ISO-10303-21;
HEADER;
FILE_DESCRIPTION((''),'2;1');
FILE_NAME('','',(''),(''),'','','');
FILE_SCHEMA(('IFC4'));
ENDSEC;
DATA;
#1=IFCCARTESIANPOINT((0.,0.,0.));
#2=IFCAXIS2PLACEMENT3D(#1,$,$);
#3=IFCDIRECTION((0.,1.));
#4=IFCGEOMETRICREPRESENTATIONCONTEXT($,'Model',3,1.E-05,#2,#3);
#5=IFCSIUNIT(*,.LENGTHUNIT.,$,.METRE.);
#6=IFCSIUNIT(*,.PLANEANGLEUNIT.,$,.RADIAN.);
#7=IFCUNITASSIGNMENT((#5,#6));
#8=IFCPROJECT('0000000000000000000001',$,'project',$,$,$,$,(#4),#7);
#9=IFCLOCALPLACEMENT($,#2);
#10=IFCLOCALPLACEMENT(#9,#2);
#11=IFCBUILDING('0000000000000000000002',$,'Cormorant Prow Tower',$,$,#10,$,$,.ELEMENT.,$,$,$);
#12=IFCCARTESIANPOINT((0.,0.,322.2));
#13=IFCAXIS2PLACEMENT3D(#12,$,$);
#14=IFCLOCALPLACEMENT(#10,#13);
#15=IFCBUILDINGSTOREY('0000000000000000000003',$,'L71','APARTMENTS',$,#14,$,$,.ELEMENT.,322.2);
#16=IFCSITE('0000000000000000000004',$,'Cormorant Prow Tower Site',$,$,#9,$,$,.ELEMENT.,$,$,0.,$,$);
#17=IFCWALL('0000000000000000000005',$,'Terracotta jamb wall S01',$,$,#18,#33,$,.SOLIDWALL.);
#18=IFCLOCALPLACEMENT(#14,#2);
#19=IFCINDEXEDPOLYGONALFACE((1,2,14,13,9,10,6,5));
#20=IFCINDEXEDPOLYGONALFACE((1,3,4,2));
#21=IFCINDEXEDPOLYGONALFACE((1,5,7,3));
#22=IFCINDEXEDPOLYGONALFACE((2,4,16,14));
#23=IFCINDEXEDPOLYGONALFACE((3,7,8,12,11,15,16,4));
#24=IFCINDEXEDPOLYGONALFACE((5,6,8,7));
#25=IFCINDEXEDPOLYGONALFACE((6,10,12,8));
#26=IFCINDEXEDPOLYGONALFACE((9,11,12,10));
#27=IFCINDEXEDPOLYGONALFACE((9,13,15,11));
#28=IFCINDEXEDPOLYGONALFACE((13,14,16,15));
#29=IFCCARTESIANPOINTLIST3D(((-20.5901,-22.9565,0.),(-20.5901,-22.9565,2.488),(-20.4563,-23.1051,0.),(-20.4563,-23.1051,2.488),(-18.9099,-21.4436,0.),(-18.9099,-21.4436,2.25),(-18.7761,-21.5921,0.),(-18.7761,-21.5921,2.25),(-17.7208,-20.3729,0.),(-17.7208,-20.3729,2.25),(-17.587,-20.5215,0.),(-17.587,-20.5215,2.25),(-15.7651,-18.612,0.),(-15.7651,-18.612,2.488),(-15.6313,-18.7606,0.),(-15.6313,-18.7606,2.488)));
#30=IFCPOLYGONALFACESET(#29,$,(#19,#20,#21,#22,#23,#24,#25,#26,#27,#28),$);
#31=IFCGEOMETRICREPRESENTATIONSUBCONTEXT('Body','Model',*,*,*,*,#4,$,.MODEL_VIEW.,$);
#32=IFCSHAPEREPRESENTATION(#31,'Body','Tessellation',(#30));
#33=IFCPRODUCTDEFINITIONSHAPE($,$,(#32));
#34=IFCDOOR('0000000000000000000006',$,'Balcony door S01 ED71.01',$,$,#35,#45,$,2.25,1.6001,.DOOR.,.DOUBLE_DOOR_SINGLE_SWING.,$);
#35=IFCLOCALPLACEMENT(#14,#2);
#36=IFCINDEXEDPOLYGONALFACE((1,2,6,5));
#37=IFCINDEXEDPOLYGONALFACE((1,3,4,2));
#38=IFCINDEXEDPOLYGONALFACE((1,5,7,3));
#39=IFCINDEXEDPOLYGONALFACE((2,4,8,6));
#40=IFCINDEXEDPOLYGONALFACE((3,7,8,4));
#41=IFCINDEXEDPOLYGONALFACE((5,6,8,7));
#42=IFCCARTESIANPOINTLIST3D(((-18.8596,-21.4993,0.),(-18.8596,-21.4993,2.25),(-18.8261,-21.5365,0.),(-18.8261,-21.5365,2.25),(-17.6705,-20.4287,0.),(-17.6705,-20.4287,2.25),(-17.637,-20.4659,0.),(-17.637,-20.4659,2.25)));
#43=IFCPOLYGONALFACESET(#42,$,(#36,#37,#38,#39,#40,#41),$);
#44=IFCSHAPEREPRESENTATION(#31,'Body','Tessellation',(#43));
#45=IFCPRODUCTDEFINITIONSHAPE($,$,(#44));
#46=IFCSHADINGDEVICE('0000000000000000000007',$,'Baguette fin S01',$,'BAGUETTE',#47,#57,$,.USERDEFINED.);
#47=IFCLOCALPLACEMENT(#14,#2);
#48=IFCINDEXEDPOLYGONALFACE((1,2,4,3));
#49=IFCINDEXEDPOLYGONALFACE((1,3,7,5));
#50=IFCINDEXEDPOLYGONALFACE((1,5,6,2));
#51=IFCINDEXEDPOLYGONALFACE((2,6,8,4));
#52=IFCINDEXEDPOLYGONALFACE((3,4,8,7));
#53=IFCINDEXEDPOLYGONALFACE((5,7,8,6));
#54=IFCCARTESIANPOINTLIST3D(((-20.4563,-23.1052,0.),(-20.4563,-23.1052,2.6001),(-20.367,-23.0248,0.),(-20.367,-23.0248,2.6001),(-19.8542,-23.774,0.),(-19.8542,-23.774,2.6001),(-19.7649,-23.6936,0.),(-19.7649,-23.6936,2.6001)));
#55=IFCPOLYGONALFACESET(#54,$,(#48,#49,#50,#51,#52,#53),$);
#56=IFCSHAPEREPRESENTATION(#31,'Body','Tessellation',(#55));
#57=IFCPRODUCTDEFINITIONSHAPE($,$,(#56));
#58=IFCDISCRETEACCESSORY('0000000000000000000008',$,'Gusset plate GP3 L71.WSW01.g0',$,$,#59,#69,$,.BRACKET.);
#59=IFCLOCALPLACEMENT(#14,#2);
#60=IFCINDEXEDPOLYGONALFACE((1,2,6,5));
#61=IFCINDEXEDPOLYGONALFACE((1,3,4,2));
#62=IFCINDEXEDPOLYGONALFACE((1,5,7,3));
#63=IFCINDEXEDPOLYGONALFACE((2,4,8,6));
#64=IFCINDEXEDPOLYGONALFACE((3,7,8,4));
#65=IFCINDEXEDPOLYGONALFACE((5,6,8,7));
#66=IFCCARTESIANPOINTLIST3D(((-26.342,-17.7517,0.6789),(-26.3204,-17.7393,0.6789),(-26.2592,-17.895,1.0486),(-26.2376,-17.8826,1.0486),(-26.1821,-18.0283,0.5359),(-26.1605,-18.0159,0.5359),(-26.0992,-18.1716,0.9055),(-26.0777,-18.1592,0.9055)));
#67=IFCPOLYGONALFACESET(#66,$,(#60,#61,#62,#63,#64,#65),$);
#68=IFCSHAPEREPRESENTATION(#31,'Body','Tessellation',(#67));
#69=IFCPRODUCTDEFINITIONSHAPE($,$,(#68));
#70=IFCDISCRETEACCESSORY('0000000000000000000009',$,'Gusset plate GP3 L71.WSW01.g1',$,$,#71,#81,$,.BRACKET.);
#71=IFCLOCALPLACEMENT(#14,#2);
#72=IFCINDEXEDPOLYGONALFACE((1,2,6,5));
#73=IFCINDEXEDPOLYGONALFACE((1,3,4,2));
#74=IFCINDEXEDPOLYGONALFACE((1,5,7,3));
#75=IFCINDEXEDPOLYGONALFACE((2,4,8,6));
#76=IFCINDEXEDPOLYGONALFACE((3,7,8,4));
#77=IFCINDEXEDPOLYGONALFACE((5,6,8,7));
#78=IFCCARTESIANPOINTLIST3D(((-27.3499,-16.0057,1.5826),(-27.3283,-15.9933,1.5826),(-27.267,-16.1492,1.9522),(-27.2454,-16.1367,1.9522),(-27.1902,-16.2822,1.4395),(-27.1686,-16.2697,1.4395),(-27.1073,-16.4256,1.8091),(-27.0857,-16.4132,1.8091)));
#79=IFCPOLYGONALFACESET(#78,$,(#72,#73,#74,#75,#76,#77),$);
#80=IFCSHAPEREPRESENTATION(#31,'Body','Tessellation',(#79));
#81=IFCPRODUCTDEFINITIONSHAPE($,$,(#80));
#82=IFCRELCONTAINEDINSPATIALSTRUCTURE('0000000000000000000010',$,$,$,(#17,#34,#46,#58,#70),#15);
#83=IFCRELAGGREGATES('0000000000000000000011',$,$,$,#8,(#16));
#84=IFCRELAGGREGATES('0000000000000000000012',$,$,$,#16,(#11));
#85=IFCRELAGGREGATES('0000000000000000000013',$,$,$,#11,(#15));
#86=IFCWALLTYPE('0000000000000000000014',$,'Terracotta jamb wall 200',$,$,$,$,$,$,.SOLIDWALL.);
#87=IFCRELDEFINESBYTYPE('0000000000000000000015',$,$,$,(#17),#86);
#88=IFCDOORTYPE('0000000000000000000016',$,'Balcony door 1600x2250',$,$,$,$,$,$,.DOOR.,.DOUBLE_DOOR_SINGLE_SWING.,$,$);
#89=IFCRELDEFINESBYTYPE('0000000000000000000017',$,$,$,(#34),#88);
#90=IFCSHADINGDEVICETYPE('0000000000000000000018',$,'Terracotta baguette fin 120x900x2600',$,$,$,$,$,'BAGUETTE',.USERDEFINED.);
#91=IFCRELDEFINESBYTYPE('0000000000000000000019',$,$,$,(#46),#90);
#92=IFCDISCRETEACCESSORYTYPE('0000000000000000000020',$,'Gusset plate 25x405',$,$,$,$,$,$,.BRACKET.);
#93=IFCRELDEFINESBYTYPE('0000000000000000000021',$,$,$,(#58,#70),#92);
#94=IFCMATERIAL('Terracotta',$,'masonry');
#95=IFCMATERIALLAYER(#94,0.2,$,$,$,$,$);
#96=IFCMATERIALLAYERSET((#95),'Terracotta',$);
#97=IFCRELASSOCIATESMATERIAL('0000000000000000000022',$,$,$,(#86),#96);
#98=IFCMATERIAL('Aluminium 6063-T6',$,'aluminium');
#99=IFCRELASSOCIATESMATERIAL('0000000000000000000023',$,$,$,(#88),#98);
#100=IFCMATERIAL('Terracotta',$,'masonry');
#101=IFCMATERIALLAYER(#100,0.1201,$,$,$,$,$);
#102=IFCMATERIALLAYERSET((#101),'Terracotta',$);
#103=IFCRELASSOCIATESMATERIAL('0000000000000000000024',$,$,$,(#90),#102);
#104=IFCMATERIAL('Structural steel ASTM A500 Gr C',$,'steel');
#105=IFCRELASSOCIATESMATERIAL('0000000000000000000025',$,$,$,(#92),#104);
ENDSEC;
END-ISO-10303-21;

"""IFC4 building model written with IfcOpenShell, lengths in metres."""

from ifc_helpers import new_model, si_unit, direction, frame, frame_2d, origin, origin_2d, place, context, subcontext, project, spatial, rectangle, extrude, material, layer, layer_set, material_profile, profile_set, type_object, element, fill, save


model = new_model("IFC4")

# Units and contexts
model_context = context("Model", 3, precision=1e-05, world=origin(), true_north=direction((0.0, 1.0)))
body_context = subcontext(model_context, "Body", "Model", "MODEL_VIEW")
ifc_project = project(units=[si_unit("LENGTHUNIT", "METRE"), si_unit("PLANEANGLEUNIT", "RADIAN")], contexts=[model_context])

# Site, building, storey
site_placement = place(None, origin())
site = spatial("IfcSite", under=ifc_project, at=site_placement, Name="Cormorant Prow Tower Site", CompositionType="ELEMENT", RefElevation=0.0)
building_placement = place(site_placement, origin())
building = spatial("IfcBuilding", under=site, at=building_placement, Name="Cormorant Prow Tower", CompositionType="ELEMENT")
storey_placement = place(building_placement, frame((0.0, 0.0, 322.2)))
storey = spatial("IfcBuildingStorey", under=building, at=storey_placement, Name="L71", Description="APARTMENTS", CompositionType="ELEMENT", Elevation=322.2)

# Wall, opening, door
ifc_material_1 = material(Name="Terracotta", Category="masonry")
ifc_layer_1 = layer(ifc_material_1, 0.2)
ifc_layer_set_1 = layer_set([ifc_layer_1], Name="Terracotta")
wall_type_1 = type_object("IfcWallType", Name="Terracotta jamb wall 200", PredefinedType="SOLIDWALL", material=ifc_layer_set_1)
wall_1_placement = place(storey_placement, frame((-20.5232, -23.0308, 0.0), z_axis=(0.0, 0.0, 1.0), x_axis=(0.743139, 0.669137, 0.0)))
wall_1 = element("IfcWall", 1, at=wall_1_placement, inside=storey, type_object=wall_type_1, Name="Terracotta jamb wall S01", PredefinedType="SOLIDWALL", context=body_context, shape_type="SweptSolid", body=[
    extrude(rectangle(XDim=6.4927, YDim=0.2, at=frame_2d((3.2463, 0.0))), origin(), (0.0, 0.0, 1.0), 2.488),
])
opening_1_placement = place(wall_1_placement, frame((2.261, 0.0, 0.0)))
opening_1 = element("IfcOpeningElement", 2, at=opening_1_placement, cuts=wall_1, PredefinedType="OPENING", context=body_context, shape_type="SweptSolid", body=[
    extrude(rectangle(XDim=1.6001, YDim=2.25, at=frame_2d((0.8, 1.125))), frame((0.0, 0.1099, 0.0), z_axis=(0.0, -1.0, 0.0), x_axis=(1.0, 0.0, 0.0)), (0.0, 0.0, 1.0), 0.22),
])
ifc_material_2 = material(Name="Aluminium 6063-T6", Category="aluminium")
door_type_1 = type_object("IfcDoorType", Name="Balcony door 1600x2250", OperationType="DOUBLE_DOOR_SINGLE_SWING", PredefinedType="DOOR", material=ifc_material_2)
door_1_placement = place(opening_1_placement, origin())
door_1 = element("IfcDoor", 3, at=door_1_placement, inside=storey, type_object=door_type_1, Name="Balcony door S01 ED71.01", OperationType="DOUBLE_DOOR_SINGLE_SWING", OverallHeight=2.25, OverallWidth=1.6001, PredefinedType="DOOR", context=body_context, shape_type="SweptSolid", body=[
    extrude(rectangle(XDim=1.6001, YDim=2.25, at=frame_2d((0.8, 1.125))), frame((0.0, 0.0249, 0.0), z_axis=(0.0, -1.0, 0.0), x_axis=(1.0, 0.0, 0.0)), (0.0, 0.0, 1.0), 0.05),
])
fill(opening_1, door_1)

# Shading device
ifc_material_3 = material(Name="Terracotta", Category="masonry")
ifc_layer_2 = layer(ifc_material_3, 0.1201)
ifc_layer_set_2 = layer_set([ifc_layer_2], Name="Terracotta")
shading_device_type = type_object("IfcShadingDeviceType", Name="Terracotta baguette fin 120x900x2600", ElementType="BAGUETTE", PredefinedType="USERDEFINED", material=ifc_layer_set_2)
shading_device_placement = place(storey_placement, frame((-20.1106, -23.3994, 0.0), z_axis=(0.0, 0.0, 1.0), x_axis=(0.743145, 0.669131, 0.0)))
element("IfcShadingDevice", 4, at=shading_device_placement, inside=storey, type_object=shading_device_type, Name="Baguette fin S01", ObjectType="BAGUETTE", PredefinedType="USERDEFINED", context=body_context, shape_type="SweptSolid", body=[
    extrude(rectangle(XDim=0.1201, YDim=0.8999, at=origin_2d()), origin(), (0.0, 0.0, 1.0), 2.6001),
])

# Discrete accessories
ifc_material_4 = material(Name="Structural steel ASTM A500 Gr C", Category="steel")
ifc_material_profile_1 = material_profile(ifc_material_4, rectangle(XDim=0.0249, YDim=0.405, at=origin_2d()), Name="Gusset plate 25x405")
ifc_profile_set_1 = profile_set([ifc_material_profile_1], Name="Structural steel ASTM A500 Gr C")
discrete_accessory_type = type_object("IfcDiscreteAccessoryType", Name="Gusset plate 25x405", PredefinedType="BRACKET", material=ifc_profile_set_1)
discrete_accessory_1_placement = place(storey_placement, frame((-26.2898, -17.8171, 0.8638), z_axis=(0.456792, -0.790145, -0.408672), x_axis=(0.86574, 0.500494, 0.0)))
element("IfcDiscreteAccessory", 5, at=discrete_accessory_1_placement, inside=storey, type_object=discrete_accessory_type, Name="Gusset plate GP3 L71.WSW01.g0", PredefinedType="BRACKET", context=body_context, shape_type="SweptSolid", body=[
    extrude(rectangle(XDim=0.0249, YDim=0.405, at=origin_2d()), origin(), (0.0, 0.0, 1.0), 0.3501),
])
discrete_accessory_2_placement = place(storey_placement, frame((-27.1379, -16.3477, 1.6243), z_axis=(-0.456491, 0.790135, 0.409027), x_axis=(-0.86588, -0.500252, 0.0)))
element("IfcDiscreteAccessory", 6, at=discrete_accessory_2_placement, inside=storey, type_object=discrete_accessory_type, Name="Gusset plate GP3 L71.WSW01.g1", PredefinedType="BRACKET", context=body_context, shape_type="SweptSolid", body=[
    extrude(rectangle(XDim=0.0249, YDim=0.405, at=origin_2d()), origin(), (0.0, 0.0, 1.0), 0.3499),
])

save(model, "model.ifc")
